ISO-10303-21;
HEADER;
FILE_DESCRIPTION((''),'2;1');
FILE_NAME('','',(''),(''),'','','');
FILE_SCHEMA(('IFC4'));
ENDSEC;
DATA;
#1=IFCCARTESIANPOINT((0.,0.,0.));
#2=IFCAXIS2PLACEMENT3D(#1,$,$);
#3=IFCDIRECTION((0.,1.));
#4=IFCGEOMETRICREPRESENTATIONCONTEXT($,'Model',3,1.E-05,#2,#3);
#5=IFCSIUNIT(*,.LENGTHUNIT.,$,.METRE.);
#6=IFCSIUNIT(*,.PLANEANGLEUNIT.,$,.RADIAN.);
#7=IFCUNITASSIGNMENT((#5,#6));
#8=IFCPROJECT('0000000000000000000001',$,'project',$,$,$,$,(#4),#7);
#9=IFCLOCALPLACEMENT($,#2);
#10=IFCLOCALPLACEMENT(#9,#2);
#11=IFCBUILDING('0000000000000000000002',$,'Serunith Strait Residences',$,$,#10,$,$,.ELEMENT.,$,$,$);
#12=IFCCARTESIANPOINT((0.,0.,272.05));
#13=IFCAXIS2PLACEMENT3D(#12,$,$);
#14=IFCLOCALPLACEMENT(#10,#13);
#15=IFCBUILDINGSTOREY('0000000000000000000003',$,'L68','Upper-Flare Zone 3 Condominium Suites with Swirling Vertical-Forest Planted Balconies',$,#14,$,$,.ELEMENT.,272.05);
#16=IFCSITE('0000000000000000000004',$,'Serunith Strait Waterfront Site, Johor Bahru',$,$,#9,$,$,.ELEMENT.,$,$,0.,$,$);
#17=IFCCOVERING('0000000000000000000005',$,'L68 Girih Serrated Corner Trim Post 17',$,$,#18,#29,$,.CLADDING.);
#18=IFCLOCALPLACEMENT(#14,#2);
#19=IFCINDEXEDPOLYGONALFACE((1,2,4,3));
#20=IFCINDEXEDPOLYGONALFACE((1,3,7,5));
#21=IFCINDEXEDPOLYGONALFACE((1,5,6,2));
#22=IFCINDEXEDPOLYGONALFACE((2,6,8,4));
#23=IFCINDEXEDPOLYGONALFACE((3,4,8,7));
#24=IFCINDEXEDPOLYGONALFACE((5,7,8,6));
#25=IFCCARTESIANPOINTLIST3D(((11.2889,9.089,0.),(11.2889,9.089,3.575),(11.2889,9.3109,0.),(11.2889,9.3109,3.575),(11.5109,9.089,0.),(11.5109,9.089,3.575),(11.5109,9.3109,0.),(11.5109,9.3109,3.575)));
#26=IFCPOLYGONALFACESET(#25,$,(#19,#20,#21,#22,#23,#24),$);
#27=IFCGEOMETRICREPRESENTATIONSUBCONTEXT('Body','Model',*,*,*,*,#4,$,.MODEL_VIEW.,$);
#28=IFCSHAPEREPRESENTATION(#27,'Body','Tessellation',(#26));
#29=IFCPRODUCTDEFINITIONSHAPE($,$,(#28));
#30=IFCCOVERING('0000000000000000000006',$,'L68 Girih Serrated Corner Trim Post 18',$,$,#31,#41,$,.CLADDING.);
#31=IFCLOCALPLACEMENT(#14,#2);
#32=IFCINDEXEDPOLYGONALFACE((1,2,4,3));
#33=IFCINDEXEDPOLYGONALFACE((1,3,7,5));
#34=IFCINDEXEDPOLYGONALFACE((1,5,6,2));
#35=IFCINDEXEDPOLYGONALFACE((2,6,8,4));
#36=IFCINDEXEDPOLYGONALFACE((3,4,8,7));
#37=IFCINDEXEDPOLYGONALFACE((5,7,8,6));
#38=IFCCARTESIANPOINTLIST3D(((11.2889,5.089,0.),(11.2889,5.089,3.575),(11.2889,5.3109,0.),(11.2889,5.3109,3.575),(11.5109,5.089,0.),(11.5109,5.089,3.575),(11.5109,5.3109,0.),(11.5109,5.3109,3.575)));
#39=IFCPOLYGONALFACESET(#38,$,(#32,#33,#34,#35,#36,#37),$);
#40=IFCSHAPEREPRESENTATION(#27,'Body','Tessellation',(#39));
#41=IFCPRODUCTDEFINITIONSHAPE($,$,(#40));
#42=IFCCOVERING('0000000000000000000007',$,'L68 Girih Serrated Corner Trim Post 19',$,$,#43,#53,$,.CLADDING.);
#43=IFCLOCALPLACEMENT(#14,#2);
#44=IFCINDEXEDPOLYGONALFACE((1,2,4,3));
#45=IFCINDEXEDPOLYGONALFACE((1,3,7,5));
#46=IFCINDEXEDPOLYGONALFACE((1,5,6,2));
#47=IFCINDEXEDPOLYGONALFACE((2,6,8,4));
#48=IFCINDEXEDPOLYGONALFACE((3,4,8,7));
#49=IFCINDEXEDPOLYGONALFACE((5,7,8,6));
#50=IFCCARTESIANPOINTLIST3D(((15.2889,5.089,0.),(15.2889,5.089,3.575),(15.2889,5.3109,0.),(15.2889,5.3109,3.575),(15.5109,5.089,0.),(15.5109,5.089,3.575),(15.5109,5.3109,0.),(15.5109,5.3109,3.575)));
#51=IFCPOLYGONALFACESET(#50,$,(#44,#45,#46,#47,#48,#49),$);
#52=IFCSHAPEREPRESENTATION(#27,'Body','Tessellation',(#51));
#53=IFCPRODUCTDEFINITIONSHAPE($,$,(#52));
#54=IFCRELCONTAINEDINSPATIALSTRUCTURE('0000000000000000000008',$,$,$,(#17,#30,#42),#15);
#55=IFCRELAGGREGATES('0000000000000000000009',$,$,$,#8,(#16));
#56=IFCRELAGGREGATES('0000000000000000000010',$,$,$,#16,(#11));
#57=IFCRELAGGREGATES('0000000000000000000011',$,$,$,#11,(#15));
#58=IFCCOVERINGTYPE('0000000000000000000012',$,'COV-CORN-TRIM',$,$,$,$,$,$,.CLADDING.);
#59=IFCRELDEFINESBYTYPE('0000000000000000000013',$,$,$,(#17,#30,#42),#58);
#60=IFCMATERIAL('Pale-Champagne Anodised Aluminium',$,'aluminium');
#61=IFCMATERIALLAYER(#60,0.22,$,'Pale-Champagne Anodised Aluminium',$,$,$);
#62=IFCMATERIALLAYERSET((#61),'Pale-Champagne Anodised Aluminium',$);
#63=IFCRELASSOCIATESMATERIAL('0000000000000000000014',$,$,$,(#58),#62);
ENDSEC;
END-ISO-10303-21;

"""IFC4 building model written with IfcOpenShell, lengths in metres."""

from ifc_helpers import new_model, si_unit, direction, frame, origin, origin_2d, place, context, subcontext, project, spatial, rectangle, extrude, source, transform, mapped, material, layer, layer_set, type_object, element, save


model = new_model("IFC4")

# Units and contexts
model_context = context("Model", 3, precision=1e-05, world=origin(), true_north=direction((0.0, 1.0)))
body_context = subcontext(model_context, "Body", "Model", "MODEL_VIEW")
ifc_project = project(units=[si_unit("LENGTHUNIT", "METRE"), si_unit("PLANEANGLEUNIT", "RADIAN")], contexts=[model_context])

# Site, building, storey
site_placement = place(None, origin())
site = spatial("IfcSite", under=ifc_project, at=site_placement, Name="Serunith Strait Waterfront Site, Johor Bahru", CompositionType="ELEMENT", RefElevation=0.0)
building_placement = place(site_placement, origin())
building = spatial("IfcBuilding", under=site, at=building_placement, Name="Serunith Strait Residences", CompositionType="ELEMENT")
storey_placement = place(building_placement, frame((0.0, 0.0, 272.05)))
storey = spatial("IfcBuildingStorey", under=building, at=storey_placement, Name="L68", Description="Upper-Flare Zone 3 Condominium Suites with Swirling Vertical-Forest Planted Balconies", CompositionType="ELEMENT", Elevation=272.05)

# Shared definitions
ifc_material_1 = material(Name="Pale-Champagne Anodised Aluminium", Category="aluminium")

# Coverings
ifc_layer_1 = layer(ifc_material_1, 0.22, Name="Pale-Champagne Anodised Aluminium")
ifc_layer_set_1 = layer_set([ifc_layer_1], Name="Pale-Champagne Anodised Aluminium")
covering_type_1 = type_object("IfcCoveringType", Name="COV-CORN-TRIM", PredefinedType="CLADDING", material=ifc_layer_set_1)
shared_shape_1 = source(origin(), body_context, "Body", "SweptSolid", [
    extrude(rectangle(XDim=0.2219, YDim=0.2219, at=origin_2d()), origin(), (0.0, 0.0, 1.0), 3.575),
])
for number, where, z_axis, x_axis, name in (
    (1, (11.3999, 9.2, 0.0), (0.0, 0.0, 1.0), (1.0, 0.0, 0.0), "L68 Girih Serrated Corner Trim Post 17"),
    (2, (11.3999, 5.2, 0.0), (0.0, 0.0, 1.0), (1.0, 0.0, 0.0), "L68 Girih Serrated Corner Trim Post 18"),
    (3, (15.3999, 5.2, 0.0), (0.0, 0.0, 1.0), (1.0, 0.0, 0.0), "L68 Girih Serrated Corner Trim Post 19"),
):
    element("IfcCovering", number, at=place(storey_placement, frame(where, z_axis=z_axis, x_axis=x_axis)), inside=storey, type_object=covering_type_1, Name=name, PredefinedType="CLADDING", context=body_context, shape_type="MappedRepresentation", body=[
        mapped(shared_shape_1, transform((0.0, 0.0, 0.0), scale=1.0)),
    ])

save(model, "model.ifc")
